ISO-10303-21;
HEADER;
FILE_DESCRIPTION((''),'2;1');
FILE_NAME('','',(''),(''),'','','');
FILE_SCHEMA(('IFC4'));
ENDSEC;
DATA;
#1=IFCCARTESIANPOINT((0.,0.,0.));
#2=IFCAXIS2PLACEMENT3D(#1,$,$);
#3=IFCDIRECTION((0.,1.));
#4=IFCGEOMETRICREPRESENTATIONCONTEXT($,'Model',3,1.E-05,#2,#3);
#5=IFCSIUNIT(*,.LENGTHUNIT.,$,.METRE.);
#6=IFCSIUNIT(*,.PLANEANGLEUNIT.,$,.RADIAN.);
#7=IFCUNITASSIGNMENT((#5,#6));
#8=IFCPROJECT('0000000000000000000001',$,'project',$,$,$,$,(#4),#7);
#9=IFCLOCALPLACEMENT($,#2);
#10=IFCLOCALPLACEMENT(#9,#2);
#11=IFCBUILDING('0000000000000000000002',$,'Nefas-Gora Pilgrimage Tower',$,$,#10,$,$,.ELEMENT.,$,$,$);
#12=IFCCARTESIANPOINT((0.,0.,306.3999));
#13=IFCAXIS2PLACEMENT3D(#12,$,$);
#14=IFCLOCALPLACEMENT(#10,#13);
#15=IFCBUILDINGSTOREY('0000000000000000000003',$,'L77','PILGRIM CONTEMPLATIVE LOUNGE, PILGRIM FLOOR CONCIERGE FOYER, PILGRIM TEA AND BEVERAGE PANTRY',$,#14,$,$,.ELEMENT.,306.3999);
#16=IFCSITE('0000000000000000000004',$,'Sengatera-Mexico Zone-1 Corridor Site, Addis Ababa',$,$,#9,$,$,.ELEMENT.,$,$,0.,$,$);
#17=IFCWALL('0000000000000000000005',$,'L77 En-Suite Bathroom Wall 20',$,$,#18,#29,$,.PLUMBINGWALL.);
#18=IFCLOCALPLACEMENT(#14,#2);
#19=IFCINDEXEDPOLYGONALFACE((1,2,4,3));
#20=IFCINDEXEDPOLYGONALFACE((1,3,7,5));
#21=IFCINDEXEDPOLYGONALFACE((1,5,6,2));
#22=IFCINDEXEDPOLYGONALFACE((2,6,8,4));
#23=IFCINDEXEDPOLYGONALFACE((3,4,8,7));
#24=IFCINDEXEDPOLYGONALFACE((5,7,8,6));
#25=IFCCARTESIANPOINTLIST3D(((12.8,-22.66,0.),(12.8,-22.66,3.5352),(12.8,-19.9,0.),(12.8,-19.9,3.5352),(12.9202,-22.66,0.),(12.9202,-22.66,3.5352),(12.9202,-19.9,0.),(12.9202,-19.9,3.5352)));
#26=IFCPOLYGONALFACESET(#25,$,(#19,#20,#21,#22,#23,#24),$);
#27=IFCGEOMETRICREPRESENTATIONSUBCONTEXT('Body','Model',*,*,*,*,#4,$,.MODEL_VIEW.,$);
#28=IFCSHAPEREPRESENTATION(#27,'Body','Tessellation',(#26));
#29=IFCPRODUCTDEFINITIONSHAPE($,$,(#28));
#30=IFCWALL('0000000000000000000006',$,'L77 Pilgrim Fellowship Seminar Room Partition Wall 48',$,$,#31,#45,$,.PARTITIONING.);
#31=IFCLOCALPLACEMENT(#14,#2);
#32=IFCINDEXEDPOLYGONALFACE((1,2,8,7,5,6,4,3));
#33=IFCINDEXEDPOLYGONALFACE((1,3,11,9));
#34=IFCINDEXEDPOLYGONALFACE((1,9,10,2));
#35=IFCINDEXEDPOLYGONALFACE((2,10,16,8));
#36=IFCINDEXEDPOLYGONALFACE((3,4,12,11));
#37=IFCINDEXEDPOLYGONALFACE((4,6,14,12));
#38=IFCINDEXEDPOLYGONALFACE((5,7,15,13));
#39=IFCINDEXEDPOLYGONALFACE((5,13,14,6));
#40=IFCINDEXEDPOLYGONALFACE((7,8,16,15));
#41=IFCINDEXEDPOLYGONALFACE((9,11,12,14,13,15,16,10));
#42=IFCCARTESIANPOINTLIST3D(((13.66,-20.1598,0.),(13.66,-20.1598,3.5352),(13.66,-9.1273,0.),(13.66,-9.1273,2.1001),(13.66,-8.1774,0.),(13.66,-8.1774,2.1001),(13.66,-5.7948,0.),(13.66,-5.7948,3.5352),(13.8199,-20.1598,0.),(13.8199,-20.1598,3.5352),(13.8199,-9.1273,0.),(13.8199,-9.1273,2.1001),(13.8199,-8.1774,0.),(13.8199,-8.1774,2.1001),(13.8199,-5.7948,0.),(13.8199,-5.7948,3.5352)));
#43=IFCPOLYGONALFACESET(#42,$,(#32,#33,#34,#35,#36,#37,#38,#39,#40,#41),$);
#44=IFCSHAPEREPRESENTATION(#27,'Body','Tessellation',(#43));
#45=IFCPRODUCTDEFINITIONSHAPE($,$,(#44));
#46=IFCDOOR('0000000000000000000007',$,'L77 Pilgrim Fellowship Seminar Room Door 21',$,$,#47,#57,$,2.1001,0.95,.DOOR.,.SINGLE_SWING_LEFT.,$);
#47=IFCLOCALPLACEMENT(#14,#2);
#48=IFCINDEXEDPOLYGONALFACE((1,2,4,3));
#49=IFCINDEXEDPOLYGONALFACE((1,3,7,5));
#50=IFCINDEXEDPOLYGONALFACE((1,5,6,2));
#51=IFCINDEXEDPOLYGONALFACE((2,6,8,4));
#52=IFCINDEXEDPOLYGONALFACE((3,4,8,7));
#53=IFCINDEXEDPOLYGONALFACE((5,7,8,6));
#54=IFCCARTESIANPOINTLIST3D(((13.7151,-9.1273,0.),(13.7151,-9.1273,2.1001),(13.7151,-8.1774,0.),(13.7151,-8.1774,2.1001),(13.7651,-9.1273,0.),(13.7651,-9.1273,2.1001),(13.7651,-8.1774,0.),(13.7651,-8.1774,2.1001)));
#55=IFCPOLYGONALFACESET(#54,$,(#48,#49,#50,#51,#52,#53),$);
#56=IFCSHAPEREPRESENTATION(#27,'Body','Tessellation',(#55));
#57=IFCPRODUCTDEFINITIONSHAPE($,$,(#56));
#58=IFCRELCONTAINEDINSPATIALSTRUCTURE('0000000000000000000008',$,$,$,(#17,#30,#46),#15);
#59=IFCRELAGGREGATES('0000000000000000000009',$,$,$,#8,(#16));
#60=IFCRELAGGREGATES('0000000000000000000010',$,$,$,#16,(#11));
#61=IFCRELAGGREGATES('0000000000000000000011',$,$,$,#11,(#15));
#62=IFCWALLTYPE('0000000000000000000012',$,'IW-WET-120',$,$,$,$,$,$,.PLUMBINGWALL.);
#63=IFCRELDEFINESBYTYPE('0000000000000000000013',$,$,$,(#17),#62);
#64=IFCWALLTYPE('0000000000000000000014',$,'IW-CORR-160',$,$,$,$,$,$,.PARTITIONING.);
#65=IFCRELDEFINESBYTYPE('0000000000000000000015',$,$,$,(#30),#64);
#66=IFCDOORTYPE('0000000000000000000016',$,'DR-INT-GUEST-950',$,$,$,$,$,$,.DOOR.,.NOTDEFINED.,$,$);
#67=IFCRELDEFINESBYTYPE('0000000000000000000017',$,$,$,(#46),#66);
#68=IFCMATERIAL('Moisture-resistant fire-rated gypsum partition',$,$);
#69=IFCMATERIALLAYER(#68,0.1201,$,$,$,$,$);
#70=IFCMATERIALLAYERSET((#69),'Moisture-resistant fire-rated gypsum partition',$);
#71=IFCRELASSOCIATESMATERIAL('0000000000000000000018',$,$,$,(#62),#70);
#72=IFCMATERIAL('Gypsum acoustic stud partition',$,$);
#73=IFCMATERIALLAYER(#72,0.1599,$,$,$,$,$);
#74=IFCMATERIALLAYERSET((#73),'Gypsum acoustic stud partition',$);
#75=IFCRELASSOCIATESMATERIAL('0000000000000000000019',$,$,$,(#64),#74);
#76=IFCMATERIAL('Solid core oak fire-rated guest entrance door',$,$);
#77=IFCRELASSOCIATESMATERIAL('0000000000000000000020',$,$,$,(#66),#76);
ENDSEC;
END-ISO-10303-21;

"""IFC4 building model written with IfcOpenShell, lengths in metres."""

from ifc_helpers import new_model, si_unit, direction, frame, frame_2d, origin, place, context, subcontext, project, spatial, rectangle, extrude, source, transform, mapped, material, layer, layer_set, type_object, element, fill, save


model = new_model("IFC4")

# Units and contexts
model_context = context("Model", 3, precision=1e-05, world=origin(), true_north=direction((0.0, 1.0)))
body_context = subcontext(model_context, "Body", "Model", "MODEL_VIEW")
ifc_project = project(units=[si_unit("LENGTHUNIT", "METRE"), si_unit("PLANEANGLEUNIT", "RADIAN")], contexts=[model_context])

# Site, building, storey
site_placement = place(None, origin())
site = spatial("IfcSite", under=ifc_project, at=site_placement, Name="Sengatera-Mexico Zone-1 Corridor Site, Addis Ababa", CompositionType="ELEMENT", RefElevation=0.0)
building_placement = place(site_placement, origin())
building = spatial("IfcBuilding", under=site, at=building_placement, Name="Nefas-Gora Pilgrimage Tower", CompositionType="ELEMENT")
storey_placement = place(building_placement, frame((0.0, 0.0, 306.3999)))
storey = spatial("IfcBuildingStorey", under=building, at=storey_placement, Name="L77", Description="PILGRIM CONTEMPLATIVE LOUNGE, PILGRIM FLOOR CONCIERGE FOYER, PILGRIM TEA AND BEVERAGE PANTRY", CompositionType="ELEMENT", Elevation=306.3999)

# Wall
ifc_material_1 = material(Name="Moisture-resistant fire-rated gypsum partition")
ifc_layer_1 = layer(ifc_material_1, 0.1201)
ifc_layer_set_1 = layer_set([ifc_layer_1], Name="Moisture-resistant fire-rated gypsum partition")
wall_type_1 = type_object("IfcWallType", Name="IW-WET-120", PredefinedType="PLUMBINGWALL", material=ifc_layer_set_1)
shared_shape_1 = source(origin(), body_context, "Body", "SweptSolid", [
    extrude(rectangle(XDim=2.76, YDim=0.1201, at=frame_2d((1.3799, 0.0))), origin(), (0.0, 0.0, 1.0), 3.5352),
])
wall_1_placement = place(storey_placement, frame((12.8601, -22.6599, 0.0), z_axis=(0.0, 0.0, 1.0), x_axis=(0.0, 1.0, 0.0)))
element("IfcWall", 1, at=wall_1_placement, inside=storey, type_object=wall_type_1, Name="L77 En-Suite Bathroom Wall 20", PredefinedType="PLUMBINGWALL", context=body_context, shape_type="MappedRepresentation", body=[
    mapped(shared_shape_1, transform((0.0, 0.0, 0.0), x_axis=(1.0, 0.0, 0.0), y_axis=(0.0, 1.0, 0.0), z_axis=(0.0, 0.0, 1.0), scale=1.0)),
])

# Wall, opening, door
ifc_material_2 = material(Name="Gypsum acoustic stud partition")
ifc_layer_2 = layer(ifc_material_2, 0.1599)
ifc_layer_set_2 = layer_set([ifc_layer_2], Name="Gypsum acoustic stud partition")
wall_type_2 = type_object("IfcWallType", Name="IW-CORR-160", PredefinedType="PARTITIONING", material=ifc_layer_set_2)
shared_shape_2 = source(origin(), body_context, "Body", "SweptSolid", [
    extrude(rectangle(XDim=14.365, YDim=0.1599, at=frame_2d((7.1826, 0.0))), origin(), (0.0, 0.0, 1.0), 3.5352),
])
wall_2_placement = place(storey_placement, frame((13.74, -20.1599, 0.0), z_axis=(0.0, 0.0, 1.0), x_axis=(0.0, 1.0, 0.0)))
wall_2 = element("IfcWall", 2, at=wall_2_placement, inside=storey, type_object=wall_type_2, Name="L77 Pilgrim Fellowship Seminar Room Partition Wall 48", PredefinedType="PARTITIONING", context=body_context, shape_type="MappedRepresentation", body=[
    mapped(shared_shape_2, transform((0.0, 0.0, 0.0), x_axis=(1.0, 0.0, 0.0), y_axis=(0.0, 1.0, 0.0), z_axis=(0.0, 0.0, 1.0), scale=1.0)),
])
opening_1_placement = place(wall_2_placement, frame((11.0325, 0.0, 0.0)))
opening_1 = element("IfcOpeningElement", 3, at=opening_1_placement, cuts=wall_2, PredefinedType="OPENING", context=body_context, shape_type="SweptSolid", body=[
    extrude(rectangle(XDim=0.95, YDim=2.1001, at=frame_2d((0.4751, 1.05))), frame((0.0, 0.0898, 0.0), z_axis=(0.0, -1.0, 0.0), x_axis=(1.0, 0.0, 0.0)), (0.0, 0.0, 1.0), 0.1799),
])
ifc_material_3 = material(Name="Solid core oak fire-rated guest entrance door")
door_type = type_object("IfcDoorType", Name="DR-INT-GUEST-950", OperationType="NOTDEFINED", PredefinedType="DOOR", material=ifc_material_3)
shared_shape_3 = source(origin(), body_context, "Body", "SweptSolid", [
    extrude(rectangle(XDim=0.95, YDim=2.1001, at=frame_2d((0.4751, 1.05))), frame((0.0, 0.0249, 0.0), z_axis=(0.0, -1.0, 0.0), x_axis=(1.0, 0.0, 0.0)), (0.0, 0.0, 1.0), 0.05),
])
door_placement = place(opening_1_placement, origin())
door = element("IfcDoor", 4, at=door_placement, inside=storey, type_object=door_type, Name="L77 Pilgrim Fellowship Seminar Room Door 21", OperationType="SINGLE_SWING_LEFT", OverallHeight=2.1001, OverallWidth=0.95, PredefinedType="DOOR", context=body_context, shape_type="MappedRepresentation", body=[
    mapped(shared_shape_3, transform((0.0, 0.0, 0.0), x_axis=(1.0, 0.0, 0.0), y_axis=(0.0, 1.0, 0.0), z_axis=(0.0, 0.0, 1.0), scale=1.0)),
])
fill(opening_1, door)

save(model, "model.ifc")
